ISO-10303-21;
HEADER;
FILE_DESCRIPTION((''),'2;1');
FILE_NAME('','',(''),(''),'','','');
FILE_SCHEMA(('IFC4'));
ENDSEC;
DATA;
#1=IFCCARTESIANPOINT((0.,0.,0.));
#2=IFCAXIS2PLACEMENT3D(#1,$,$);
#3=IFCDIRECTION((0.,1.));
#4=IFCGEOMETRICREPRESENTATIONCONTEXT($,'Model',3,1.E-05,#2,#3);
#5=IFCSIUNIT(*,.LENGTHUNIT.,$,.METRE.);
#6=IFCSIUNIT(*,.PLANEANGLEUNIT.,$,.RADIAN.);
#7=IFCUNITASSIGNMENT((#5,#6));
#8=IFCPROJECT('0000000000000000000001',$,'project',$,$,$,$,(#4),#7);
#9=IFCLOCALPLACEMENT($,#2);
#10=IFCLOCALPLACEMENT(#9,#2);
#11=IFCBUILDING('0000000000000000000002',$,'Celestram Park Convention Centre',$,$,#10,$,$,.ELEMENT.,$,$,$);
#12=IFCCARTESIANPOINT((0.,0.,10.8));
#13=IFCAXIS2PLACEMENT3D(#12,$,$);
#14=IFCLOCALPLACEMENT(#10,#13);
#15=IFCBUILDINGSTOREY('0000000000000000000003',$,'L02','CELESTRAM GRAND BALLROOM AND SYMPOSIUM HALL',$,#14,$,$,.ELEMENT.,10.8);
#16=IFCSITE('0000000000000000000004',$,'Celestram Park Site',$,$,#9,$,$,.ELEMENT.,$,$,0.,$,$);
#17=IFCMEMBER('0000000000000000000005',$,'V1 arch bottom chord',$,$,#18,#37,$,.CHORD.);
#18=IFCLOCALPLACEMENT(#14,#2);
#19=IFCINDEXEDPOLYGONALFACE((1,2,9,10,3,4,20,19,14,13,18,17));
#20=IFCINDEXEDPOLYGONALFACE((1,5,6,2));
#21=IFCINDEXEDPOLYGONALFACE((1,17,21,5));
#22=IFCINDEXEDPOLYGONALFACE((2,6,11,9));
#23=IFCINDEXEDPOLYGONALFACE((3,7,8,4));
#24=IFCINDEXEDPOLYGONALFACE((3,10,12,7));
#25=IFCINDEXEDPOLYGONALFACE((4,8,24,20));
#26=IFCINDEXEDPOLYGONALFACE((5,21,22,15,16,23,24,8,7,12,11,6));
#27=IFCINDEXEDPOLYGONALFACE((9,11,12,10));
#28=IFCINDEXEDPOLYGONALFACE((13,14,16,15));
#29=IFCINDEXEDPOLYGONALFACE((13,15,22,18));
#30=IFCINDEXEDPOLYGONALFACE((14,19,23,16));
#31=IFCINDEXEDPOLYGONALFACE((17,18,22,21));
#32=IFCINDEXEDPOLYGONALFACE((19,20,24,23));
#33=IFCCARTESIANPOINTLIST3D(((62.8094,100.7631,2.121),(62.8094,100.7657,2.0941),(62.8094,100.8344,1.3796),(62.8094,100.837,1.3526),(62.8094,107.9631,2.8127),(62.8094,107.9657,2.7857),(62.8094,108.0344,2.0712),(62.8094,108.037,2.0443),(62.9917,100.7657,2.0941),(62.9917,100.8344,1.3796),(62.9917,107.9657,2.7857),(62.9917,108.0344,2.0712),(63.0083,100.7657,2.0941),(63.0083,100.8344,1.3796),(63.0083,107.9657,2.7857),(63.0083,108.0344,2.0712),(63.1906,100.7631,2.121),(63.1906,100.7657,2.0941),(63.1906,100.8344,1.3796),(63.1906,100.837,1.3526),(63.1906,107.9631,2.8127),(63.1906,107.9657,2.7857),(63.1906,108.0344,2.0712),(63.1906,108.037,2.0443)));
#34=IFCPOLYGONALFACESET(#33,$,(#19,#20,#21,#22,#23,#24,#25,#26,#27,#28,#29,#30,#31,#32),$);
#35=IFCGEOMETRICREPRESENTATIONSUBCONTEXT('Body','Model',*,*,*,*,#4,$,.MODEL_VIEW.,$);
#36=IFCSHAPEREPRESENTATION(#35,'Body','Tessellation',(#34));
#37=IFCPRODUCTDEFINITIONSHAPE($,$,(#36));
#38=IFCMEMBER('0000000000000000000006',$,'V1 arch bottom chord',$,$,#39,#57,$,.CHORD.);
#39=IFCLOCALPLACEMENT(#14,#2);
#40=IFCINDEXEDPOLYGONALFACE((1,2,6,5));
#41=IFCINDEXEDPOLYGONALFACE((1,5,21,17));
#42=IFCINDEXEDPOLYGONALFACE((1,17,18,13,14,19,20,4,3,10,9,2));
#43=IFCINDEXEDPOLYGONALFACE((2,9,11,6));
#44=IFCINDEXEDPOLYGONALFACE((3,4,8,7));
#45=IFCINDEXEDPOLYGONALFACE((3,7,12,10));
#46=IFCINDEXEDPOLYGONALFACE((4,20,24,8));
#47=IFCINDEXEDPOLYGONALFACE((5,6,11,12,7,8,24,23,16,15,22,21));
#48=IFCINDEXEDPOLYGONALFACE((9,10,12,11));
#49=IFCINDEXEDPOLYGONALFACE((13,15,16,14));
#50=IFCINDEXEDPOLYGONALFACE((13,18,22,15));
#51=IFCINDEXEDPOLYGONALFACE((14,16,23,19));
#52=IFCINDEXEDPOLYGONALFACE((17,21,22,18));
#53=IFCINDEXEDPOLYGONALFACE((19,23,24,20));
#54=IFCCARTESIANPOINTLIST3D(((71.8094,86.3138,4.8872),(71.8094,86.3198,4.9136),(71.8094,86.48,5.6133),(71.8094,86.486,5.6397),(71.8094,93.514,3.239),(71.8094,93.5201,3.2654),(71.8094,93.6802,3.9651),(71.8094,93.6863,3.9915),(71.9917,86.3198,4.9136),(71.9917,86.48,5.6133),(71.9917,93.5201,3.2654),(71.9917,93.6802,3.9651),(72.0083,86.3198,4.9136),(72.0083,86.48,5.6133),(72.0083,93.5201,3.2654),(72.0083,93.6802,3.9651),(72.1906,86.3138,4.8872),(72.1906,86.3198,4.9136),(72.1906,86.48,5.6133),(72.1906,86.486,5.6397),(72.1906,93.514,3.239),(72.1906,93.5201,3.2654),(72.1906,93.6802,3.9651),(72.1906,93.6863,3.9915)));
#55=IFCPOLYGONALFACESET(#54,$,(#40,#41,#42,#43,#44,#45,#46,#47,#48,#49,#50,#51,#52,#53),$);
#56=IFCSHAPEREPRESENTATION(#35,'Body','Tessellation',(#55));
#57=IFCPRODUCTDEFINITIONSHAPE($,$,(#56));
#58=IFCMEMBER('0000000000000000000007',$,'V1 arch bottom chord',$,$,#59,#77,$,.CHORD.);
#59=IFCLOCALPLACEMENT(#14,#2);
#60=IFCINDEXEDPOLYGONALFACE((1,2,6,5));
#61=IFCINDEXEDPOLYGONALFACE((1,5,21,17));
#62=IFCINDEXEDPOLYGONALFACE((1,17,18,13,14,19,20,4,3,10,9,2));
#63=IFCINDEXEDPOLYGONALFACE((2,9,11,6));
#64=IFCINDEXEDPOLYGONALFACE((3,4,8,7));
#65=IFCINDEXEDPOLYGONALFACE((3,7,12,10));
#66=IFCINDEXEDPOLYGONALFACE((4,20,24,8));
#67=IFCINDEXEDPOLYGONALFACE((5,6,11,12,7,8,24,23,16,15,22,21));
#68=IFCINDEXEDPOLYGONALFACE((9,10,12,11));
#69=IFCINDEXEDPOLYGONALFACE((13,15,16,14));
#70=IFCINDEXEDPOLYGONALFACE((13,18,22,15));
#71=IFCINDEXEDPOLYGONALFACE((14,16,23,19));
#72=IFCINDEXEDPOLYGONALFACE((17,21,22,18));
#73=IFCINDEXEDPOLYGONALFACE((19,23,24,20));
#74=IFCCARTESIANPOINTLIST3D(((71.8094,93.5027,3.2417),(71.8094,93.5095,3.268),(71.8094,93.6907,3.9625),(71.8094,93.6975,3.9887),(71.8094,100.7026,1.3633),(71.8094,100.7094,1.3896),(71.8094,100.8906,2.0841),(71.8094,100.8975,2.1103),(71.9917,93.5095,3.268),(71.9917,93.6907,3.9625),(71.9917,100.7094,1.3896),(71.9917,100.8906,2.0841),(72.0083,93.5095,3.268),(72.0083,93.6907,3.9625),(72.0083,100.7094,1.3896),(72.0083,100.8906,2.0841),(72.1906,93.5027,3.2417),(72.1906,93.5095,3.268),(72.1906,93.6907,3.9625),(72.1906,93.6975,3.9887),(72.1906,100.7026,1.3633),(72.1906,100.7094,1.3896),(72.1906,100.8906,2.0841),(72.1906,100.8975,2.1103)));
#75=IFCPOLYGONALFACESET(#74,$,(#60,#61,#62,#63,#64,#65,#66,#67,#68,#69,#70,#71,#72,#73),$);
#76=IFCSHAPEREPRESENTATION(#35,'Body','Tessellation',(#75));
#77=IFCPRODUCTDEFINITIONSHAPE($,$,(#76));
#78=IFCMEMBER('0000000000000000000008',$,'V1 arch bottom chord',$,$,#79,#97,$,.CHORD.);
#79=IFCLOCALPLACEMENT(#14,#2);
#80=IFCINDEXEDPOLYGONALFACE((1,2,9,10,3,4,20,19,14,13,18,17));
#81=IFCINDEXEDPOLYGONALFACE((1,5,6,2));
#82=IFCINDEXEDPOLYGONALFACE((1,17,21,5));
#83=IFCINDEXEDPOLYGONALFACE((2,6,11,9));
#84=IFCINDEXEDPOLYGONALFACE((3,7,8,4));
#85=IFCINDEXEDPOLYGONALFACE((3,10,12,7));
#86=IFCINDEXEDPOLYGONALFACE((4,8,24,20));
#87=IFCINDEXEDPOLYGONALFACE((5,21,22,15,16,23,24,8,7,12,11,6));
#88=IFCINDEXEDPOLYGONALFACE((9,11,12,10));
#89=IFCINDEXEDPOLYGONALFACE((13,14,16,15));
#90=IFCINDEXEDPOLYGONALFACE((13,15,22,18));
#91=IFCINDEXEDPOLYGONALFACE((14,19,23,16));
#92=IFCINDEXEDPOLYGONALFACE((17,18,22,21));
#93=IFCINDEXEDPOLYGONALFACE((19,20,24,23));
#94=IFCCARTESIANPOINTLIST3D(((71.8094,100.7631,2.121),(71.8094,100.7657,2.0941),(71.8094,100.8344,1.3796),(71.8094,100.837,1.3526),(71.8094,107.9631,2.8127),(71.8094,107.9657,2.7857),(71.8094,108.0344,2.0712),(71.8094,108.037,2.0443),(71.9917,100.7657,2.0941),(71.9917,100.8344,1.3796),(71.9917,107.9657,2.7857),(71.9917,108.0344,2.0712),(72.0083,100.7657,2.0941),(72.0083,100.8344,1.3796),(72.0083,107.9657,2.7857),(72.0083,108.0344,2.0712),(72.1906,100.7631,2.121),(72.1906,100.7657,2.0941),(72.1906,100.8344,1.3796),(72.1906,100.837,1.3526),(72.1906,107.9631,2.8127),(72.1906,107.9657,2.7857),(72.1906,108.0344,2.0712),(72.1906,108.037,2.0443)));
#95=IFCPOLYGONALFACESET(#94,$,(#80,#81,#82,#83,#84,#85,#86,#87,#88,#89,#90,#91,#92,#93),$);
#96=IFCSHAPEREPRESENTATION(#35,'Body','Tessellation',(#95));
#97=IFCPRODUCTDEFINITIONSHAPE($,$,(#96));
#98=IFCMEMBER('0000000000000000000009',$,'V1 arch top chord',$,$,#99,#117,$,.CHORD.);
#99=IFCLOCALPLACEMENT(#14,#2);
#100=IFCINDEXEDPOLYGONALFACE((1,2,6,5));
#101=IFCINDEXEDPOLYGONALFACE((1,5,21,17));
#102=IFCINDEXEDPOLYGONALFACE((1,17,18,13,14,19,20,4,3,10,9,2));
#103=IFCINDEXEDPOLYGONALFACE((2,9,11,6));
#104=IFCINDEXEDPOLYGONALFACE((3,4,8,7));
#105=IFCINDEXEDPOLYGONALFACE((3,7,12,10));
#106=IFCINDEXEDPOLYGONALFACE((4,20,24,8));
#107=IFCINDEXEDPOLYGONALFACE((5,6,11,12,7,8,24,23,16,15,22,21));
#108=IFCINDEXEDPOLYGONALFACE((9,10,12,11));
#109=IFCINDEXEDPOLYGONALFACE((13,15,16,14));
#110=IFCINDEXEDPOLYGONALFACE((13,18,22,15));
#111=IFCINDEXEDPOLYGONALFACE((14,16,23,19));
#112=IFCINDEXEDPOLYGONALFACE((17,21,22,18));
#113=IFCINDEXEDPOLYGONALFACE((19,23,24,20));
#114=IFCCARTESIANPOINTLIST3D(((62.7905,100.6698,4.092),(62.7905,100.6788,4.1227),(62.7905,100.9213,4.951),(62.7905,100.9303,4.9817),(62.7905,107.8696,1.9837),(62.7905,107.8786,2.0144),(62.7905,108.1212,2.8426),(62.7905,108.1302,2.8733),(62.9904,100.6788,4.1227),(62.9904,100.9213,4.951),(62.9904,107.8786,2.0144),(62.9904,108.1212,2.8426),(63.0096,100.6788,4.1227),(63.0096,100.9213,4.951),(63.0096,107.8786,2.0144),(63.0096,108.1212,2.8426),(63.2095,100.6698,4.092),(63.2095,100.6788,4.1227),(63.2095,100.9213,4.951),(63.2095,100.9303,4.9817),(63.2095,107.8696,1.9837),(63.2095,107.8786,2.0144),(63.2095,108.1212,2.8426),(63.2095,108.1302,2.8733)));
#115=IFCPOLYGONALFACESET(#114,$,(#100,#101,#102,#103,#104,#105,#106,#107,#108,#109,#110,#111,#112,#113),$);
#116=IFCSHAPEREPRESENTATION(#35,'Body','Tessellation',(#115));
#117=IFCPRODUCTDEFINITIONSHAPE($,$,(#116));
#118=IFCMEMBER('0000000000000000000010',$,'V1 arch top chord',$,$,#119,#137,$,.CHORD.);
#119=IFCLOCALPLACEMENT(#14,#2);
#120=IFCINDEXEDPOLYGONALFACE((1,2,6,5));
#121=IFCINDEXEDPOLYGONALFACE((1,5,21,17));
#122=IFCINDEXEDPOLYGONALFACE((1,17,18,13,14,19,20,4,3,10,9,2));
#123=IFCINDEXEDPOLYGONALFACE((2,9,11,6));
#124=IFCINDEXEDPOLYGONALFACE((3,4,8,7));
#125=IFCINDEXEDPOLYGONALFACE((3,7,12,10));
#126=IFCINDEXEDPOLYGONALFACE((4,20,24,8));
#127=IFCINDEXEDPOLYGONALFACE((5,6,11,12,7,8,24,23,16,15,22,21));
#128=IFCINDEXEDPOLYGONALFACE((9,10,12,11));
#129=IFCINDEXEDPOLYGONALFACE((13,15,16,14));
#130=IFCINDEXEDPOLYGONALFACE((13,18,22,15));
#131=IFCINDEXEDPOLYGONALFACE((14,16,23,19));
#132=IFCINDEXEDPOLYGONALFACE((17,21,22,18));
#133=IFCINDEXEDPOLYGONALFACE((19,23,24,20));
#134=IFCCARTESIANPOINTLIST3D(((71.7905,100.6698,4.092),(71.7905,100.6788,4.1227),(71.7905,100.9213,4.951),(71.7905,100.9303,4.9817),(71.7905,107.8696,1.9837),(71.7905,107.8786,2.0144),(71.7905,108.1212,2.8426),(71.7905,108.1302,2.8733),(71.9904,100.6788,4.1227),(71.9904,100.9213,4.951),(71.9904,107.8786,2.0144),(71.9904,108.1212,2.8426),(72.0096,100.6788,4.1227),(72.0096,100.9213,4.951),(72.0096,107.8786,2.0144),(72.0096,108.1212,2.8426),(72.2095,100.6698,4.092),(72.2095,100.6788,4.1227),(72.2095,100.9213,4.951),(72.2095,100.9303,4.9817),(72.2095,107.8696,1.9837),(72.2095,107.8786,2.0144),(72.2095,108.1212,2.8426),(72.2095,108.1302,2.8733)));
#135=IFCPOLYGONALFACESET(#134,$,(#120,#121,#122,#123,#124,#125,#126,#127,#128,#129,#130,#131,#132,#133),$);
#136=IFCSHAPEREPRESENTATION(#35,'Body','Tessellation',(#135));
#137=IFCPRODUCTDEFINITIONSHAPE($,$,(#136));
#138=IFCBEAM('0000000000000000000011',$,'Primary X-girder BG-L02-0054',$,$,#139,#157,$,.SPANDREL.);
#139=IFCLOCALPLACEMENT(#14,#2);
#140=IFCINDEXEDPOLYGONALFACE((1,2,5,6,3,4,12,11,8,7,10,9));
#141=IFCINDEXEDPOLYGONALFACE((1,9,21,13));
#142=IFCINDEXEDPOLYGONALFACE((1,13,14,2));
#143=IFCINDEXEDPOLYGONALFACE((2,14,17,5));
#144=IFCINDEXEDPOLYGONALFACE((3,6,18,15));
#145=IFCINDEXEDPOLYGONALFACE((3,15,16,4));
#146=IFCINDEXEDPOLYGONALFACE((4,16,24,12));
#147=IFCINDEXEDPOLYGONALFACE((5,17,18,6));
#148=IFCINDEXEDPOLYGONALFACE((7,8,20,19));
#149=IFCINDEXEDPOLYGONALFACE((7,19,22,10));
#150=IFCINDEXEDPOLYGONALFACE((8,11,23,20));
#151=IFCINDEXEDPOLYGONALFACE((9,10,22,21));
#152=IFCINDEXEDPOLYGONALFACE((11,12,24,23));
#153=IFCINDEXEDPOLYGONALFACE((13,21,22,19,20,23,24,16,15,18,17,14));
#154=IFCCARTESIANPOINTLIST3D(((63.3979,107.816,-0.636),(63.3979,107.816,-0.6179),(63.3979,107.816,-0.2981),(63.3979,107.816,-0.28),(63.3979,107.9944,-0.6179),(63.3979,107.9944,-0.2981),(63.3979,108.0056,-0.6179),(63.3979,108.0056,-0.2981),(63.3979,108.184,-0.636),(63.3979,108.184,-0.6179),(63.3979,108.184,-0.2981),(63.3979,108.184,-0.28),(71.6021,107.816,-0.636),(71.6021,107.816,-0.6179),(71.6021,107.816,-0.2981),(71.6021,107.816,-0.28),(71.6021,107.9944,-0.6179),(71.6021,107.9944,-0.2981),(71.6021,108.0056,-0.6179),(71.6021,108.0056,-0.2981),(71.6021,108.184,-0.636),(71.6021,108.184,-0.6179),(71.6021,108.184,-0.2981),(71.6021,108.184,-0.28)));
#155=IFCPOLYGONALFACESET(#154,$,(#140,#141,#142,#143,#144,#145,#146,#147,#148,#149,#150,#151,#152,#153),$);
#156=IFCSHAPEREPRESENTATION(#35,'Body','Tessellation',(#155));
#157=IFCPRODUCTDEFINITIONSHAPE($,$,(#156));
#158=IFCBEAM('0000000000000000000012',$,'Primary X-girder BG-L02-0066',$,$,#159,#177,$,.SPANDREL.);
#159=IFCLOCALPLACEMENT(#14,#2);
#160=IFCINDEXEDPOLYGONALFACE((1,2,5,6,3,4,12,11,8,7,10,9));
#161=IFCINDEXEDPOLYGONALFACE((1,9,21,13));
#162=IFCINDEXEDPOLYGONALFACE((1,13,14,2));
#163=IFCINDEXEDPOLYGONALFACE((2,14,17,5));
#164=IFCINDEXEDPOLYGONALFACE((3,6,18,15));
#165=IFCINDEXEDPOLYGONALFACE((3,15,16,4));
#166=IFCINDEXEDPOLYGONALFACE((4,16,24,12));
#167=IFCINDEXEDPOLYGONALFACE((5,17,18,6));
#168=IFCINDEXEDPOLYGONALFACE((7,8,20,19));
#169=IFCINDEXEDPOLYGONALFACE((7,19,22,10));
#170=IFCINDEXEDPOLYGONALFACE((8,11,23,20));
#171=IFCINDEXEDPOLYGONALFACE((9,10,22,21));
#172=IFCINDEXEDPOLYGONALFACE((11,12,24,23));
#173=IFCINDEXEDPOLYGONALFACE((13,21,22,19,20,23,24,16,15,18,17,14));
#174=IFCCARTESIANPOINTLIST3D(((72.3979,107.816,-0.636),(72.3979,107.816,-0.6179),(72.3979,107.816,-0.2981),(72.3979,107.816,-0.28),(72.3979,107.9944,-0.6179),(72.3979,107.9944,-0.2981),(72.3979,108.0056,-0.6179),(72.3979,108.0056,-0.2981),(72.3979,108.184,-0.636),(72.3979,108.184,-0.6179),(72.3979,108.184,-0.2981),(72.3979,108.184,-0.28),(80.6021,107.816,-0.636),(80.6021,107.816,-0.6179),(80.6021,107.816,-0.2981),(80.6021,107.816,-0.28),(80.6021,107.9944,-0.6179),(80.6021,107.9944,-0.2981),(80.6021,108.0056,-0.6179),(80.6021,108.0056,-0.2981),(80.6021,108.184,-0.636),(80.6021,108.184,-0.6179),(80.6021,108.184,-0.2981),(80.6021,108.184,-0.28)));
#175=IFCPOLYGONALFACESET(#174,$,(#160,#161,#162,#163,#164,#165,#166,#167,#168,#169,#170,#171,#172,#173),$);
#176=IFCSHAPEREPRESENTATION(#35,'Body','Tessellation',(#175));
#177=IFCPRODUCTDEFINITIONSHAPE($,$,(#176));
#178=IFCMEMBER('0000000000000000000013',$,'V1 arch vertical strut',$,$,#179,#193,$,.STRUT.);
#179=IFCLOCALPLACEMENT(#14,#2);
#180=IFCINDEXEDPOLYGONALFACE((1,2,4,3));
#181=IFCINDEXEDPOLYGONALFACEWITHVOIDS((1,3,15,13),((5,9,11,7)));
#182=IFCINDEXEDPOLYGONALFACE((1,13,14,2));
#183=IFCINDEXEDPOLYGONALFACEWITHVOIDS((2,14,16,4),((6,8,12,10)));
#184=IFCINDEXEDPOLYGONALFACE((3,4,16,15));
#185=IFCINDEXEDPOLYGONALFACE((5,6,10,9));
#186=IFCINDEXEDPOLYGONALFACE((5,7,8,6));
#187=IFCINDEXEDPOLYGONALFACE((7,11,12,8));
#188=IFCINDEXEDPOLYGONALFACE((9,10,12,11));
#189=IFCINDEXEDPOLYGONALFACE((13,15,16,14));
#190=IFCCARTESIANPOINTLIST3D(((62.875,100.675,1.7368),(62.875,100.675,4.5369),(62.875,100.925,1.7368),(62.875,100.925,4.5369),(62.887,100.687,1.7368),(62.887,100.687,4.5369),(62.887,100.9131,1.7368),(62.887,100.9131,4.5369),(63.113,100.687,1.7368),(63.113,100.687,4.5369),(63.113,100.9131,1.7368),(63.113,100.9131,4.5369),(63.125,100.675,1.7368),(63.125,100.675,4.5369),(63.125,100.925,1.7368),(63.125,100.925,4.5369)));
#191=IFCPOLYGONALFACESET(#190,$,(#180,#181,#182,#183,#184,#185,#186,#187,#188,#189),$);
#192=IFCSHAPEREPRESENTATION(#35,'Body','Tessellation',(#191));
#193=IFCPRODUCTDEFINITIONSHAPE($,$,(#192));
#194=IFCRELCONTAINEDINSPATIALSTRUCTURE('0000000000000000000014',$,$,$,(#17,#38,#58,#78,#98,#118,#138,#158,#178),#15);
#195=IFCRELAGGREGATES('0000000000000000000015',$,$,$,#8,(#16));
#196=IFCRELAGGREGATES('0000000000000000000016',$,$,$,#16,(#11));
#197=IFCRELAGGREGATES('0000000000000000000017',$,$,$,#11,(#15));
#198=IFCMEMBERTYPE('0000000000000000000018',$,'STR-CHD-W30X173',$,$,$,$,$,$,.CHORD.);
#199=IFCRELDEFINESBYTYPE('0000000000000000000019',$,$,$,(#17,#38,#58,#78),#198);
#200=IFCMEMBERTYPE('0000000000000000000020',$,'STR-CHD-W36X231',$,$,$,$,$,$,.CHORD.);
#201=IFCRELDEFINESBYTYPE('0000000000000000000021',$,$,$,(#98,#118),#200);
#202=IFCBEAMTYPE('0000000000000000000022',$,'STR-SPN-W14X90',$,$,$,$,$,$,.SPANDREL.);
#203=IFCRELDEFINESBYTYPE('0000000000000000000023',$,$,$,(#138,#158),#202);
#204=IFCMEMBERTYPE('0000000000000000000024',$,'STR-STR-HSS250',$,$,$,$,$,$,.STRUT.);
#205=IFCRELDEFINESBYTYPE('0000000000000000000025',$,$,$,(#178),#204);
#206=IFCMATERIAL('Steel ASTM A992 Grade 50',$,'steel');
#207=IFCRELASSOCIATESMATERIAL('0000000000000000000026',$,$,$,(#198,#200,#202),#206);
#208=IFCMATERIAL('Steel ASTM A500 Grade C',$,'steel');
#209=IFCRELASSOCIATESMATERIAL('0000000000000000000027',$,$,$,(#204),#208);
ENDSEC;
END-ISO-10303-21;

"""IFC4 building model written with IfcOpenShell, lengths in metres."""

from ifc_helpers import new_model, si_unit, direction, frame, origin, origin_2d, place, context, subcontext, project, spatial, hollow_rectangle, i_section, extrude, material, material_profile, profile_set, type_object, element, save


model = new_model("IFC4")

# Units and contexts
model_context = context("Model", 3, precision=1e-05, world=origin(), true_north=direction((0.0, 1.0)))
body_context = subcontext(model_context, "Body", "Model", "MODEL_VIEW")
ifc_project = project(units=[si_unit("LENGTHUNIT", "METRE"), si_unit("PLANEANGLEUNIT", "RADIAN")], contexts=[model_context])

# Site, building, storey
site_placement = place(None, origin())
site = spatial("IfcSite", under=ifc_project, at=site_placement, Name="Celestram Park Site", CompositionType="ELEMENT", RefElevation=0.0)
building_placement = place(site_placement, origin())
building = spatial("IfcBuilding", under=site, at=building_placement, Name="Celestram Park Convention Centre", CompositionType="ELEMENT")
storey_placement = place(building_placement, frame((0.0, 0.0, 10.8)))
storey = spatial("IfcBuildingStorey", under=building, at=storey_placement, Name="L02", Description="CELESTRAM GRAND BALLROOM AND SYMPOSIUM HALL", CompositionType="ELEMENT", Elevation=10.8)

# Shared definitions
ifc_material_1 = material(Name="Steel ASTM A992 Grade 50", Category="steel")

# Members
ifc_material_2 = material(Name="Steel ASTM A500 Grade C", Category="steel")
ifc_material_profile_1 = material_profile(ifc_material_1, i_section(OverallWidth=0.3811, OverallDepth=0.772, WebThickness=0.0166, FlangeThickness=0.0271, at=origin_2d()), Name="W30X173")
ifc_profile_set_1 = profile_set([ifc_material_profile_1], Name="Steel ASTM A992 Grade 50")
member_type_1 = type_object("IfcMemberType", Name="STR-CHD-W30X173", PredefinedType="CHORD", material=ifc_profile_set_1)
member_1_placement = place(storey_placement, frame((63.0, 100.8, 1.7368), z_axis=(0.0, 0.995418, 0.095623), x_axis=(-1.0, 0.0, 0.0)))
element("IfcMember", 1, at=member_1_placement, inside=storey, type_object=member_type_1, Name="V1 arch bottom chord", PredefinedType="CHORD", context=body_context, shape_type="SweptSolid", body=[
    extrude(i_section(OverallWidth=0.3811, OverallDepth=0.772, WebThickness=0.0166, FlangeThickness=0.0271, at=origin_2d()), origin(), (0.0, 0.0, 1.0), 7.2332),
])
member_2_placement = place(storey_placement, frame((72.0, 86.3999, 5.2634), z_axis=(0.0, 0.974787, -0.223138), x_axis=(-1.0, 0.0, 0.0)))
element("IfcMember", 2, at=member_2_placement, inside=storey, type_object=member_type_1, Name="V1 arch bottom chord", PredefinedType="CHORD", context=body_context, shape_type="SweptSolid", body=[
    extrude(i_section(OverallWidth=0.3811, OverallDepth=0.772, WebThickness=0.0166, FlangeThickness=0.0271, at=origin_2d()), origin(), (0.0, 0.0, 1.0), 7.3865),
])
member_3_placement = place(storey_placement, frame((72.0, 93.6001, 3.6152), z_axis=(0.0, 0.967612, -0.252443), x_axis=(-1.0, 0.0, 0.0)))
element("IfcMember", 3, at=member_3_placement, inside=storey, type_object=member_type_1, Name="V1 arch bottom chord", PredefinedType="CHORD", context=body_context, shape_type="SweptSolid", body=[
    extrude(i_section(OverallWidth=0.3811, OverallDepth=0.772, WebThickness=0.0166, FlangeThickness=0.0271, at=origin_2d()), origin(), (0.0, 0.0, 1.0), 7.4409),
])
member_4_placement = place(storey_placement, frame((72.0, 100.8, 1.7368), z_axis=(0.0, 0.995418, 0.095623), x_axis=(-1.0, 0.0, 0.0)))
element("IfcMember", 4, at=member_4_placement, inside=storey, type_object=member_type_1, Name="V1 arch bottom chord", PredefinedType="CHORD", context=body_context, shape_type="SweptSolid", body=[
    extrude(i_section(OverallWidth=0.3811, OverallDepth=0.772, WebThickness=0.0166, FlangeThickness=0.0271, at=origin_2d()), origin(), (0.0, 0.0, 1.0), 7.2332),
])
ifc_material_profile_2 = material_profile(ifc_material_1, i_section(OverallWidth=0.4189, OverallDepth=0.927, WebThickness=0.0193, FlangeThickness=0.032, at=origin_2d()), Name="W36X231")
ifc_profile_set_2 = profile_set([ifc_material_profile_2], Name="Steel ASTM A992 Grade 50")
member_type_2 = type_object("IfcMemberType", Name="STR-CHD-W36X231", PredefinedType="CHORD", material=ifc_profile_set_2)
for number, where, z_axis, x_axis, name in (
    (5, (63.0, 100.8, 4.5369), (0.0, 0.959698, -0.281033), (-1.0, 0.0, 0.0), "V1 arch top chord"),
    (6, (72.0, 100.8, 4.5369), (0.0, 0.959698, -0.281033), (-1.0, 0.0, 0.0), "V1 arch top chord"),
):
    element("IfcMember", number, at=place(storey_placement, frame(where, z_axis=z_axis, x_axis=x_axis)), inside=storey, type_object=member_type_2, Name=name, PredefinedType="CHORD", context=body_context, shape_type="SweptSolid", body=[
        extrude(i_section(OverallWidth=0.4189, OverallDepth=0.927, WebThickness=0.0193, FlangeThickness=0.032, at=origin_2d()), origin(), (0.0, 0.0, 1.0), 7.5022),
    ])

# Beams
ifc_material_profile_3 = material_profile(ifc_material_1, i_section(OverallWidth=0.3679, OverallDepth=0.356, WebThickness=0.0112, FlangeThickness=0.0181, at=origin_2d()), Name="W14X90")
ifc_profile_set_3 = profile_set([ifc_material_profile_3], Name="Steel ASTM A992 Grade 50")
beam_type_1 = type_object("IfcBeamType", Name="STR-SPN-W14X90", PredefinedType="SPANDREL", material=ifc_profile_set_3)
for number, where, z_axis, x_axis, name in (
    (7, (63.3979, 108.0, -0.458), (1.0, 0.0, 0.0), (0.0, 1.0, 0.0), "Primary X-girder BG-L02-0054"),
    (8, (72.3979, 108.0, -0.458), (1.0, 0.0, 0.0), (0.0, 1.0, 0.0), "Primary X-girder BG-L02-0066"),
):
    element("IfcBeam", number, at=place(storey_placement, frame(where, z_axis=z_axis, x_axis=x_axis)), inside=storey, type_object=beam_type_1, Name=name, PredefinedType="SPANDREL", context=body_context, shape_type="SweptSolid", body=[
        extrude(i_section(OverallWidth=0.3679, OverallDepth=0.356, WebThickness=0.0112, FlangeThickness=0.0181, at=origin_2d()), origin(), (0.0, 0.0, 1.0), 8.2041),
    ])

# Member
ifc_material_profile_4 = material_profile(ifc_material_2, hollow_rectangle(XDim=0.25, YDim=0.25, WallThickness=0.012, at=origin_2d()), Name="HSS250X250X12")
ifc_profile_set_4 = profile_set([ifc_material_profile_4], Name="Steel ASTM A500 Grade C")
member_type_3 = type_object("IfcMemberType", Name="STR-STR-HSS250", PredefinedType="STRUT", material=ifc_profile_set_4)
for number, where, z_axis, x_axis, name in (
    (9, (63.0, 100.8, 1.7368), (0.0, 0.0, 1.0), (1.0, 0.0, 0.0), "V1 arch vertical strut"),
):
    element("IfcMember", number, at=place(storey_placement, frame(where, z_axis=z_axis, x_axis=x_axis)), inside=storey, type_object=member_type_3, Name=name, PredefinedType="STRUT", context=body_context, shape_type="SweptSolid", body=[
        extrude(hollow_rectangle(XDim=0.25, YDim=0.25, WallThickness=0.012, at=origin_2d()), origin(), (0.0, 0.0, 1.0), 2.8),
    ])

save(model, "model.ifc")
